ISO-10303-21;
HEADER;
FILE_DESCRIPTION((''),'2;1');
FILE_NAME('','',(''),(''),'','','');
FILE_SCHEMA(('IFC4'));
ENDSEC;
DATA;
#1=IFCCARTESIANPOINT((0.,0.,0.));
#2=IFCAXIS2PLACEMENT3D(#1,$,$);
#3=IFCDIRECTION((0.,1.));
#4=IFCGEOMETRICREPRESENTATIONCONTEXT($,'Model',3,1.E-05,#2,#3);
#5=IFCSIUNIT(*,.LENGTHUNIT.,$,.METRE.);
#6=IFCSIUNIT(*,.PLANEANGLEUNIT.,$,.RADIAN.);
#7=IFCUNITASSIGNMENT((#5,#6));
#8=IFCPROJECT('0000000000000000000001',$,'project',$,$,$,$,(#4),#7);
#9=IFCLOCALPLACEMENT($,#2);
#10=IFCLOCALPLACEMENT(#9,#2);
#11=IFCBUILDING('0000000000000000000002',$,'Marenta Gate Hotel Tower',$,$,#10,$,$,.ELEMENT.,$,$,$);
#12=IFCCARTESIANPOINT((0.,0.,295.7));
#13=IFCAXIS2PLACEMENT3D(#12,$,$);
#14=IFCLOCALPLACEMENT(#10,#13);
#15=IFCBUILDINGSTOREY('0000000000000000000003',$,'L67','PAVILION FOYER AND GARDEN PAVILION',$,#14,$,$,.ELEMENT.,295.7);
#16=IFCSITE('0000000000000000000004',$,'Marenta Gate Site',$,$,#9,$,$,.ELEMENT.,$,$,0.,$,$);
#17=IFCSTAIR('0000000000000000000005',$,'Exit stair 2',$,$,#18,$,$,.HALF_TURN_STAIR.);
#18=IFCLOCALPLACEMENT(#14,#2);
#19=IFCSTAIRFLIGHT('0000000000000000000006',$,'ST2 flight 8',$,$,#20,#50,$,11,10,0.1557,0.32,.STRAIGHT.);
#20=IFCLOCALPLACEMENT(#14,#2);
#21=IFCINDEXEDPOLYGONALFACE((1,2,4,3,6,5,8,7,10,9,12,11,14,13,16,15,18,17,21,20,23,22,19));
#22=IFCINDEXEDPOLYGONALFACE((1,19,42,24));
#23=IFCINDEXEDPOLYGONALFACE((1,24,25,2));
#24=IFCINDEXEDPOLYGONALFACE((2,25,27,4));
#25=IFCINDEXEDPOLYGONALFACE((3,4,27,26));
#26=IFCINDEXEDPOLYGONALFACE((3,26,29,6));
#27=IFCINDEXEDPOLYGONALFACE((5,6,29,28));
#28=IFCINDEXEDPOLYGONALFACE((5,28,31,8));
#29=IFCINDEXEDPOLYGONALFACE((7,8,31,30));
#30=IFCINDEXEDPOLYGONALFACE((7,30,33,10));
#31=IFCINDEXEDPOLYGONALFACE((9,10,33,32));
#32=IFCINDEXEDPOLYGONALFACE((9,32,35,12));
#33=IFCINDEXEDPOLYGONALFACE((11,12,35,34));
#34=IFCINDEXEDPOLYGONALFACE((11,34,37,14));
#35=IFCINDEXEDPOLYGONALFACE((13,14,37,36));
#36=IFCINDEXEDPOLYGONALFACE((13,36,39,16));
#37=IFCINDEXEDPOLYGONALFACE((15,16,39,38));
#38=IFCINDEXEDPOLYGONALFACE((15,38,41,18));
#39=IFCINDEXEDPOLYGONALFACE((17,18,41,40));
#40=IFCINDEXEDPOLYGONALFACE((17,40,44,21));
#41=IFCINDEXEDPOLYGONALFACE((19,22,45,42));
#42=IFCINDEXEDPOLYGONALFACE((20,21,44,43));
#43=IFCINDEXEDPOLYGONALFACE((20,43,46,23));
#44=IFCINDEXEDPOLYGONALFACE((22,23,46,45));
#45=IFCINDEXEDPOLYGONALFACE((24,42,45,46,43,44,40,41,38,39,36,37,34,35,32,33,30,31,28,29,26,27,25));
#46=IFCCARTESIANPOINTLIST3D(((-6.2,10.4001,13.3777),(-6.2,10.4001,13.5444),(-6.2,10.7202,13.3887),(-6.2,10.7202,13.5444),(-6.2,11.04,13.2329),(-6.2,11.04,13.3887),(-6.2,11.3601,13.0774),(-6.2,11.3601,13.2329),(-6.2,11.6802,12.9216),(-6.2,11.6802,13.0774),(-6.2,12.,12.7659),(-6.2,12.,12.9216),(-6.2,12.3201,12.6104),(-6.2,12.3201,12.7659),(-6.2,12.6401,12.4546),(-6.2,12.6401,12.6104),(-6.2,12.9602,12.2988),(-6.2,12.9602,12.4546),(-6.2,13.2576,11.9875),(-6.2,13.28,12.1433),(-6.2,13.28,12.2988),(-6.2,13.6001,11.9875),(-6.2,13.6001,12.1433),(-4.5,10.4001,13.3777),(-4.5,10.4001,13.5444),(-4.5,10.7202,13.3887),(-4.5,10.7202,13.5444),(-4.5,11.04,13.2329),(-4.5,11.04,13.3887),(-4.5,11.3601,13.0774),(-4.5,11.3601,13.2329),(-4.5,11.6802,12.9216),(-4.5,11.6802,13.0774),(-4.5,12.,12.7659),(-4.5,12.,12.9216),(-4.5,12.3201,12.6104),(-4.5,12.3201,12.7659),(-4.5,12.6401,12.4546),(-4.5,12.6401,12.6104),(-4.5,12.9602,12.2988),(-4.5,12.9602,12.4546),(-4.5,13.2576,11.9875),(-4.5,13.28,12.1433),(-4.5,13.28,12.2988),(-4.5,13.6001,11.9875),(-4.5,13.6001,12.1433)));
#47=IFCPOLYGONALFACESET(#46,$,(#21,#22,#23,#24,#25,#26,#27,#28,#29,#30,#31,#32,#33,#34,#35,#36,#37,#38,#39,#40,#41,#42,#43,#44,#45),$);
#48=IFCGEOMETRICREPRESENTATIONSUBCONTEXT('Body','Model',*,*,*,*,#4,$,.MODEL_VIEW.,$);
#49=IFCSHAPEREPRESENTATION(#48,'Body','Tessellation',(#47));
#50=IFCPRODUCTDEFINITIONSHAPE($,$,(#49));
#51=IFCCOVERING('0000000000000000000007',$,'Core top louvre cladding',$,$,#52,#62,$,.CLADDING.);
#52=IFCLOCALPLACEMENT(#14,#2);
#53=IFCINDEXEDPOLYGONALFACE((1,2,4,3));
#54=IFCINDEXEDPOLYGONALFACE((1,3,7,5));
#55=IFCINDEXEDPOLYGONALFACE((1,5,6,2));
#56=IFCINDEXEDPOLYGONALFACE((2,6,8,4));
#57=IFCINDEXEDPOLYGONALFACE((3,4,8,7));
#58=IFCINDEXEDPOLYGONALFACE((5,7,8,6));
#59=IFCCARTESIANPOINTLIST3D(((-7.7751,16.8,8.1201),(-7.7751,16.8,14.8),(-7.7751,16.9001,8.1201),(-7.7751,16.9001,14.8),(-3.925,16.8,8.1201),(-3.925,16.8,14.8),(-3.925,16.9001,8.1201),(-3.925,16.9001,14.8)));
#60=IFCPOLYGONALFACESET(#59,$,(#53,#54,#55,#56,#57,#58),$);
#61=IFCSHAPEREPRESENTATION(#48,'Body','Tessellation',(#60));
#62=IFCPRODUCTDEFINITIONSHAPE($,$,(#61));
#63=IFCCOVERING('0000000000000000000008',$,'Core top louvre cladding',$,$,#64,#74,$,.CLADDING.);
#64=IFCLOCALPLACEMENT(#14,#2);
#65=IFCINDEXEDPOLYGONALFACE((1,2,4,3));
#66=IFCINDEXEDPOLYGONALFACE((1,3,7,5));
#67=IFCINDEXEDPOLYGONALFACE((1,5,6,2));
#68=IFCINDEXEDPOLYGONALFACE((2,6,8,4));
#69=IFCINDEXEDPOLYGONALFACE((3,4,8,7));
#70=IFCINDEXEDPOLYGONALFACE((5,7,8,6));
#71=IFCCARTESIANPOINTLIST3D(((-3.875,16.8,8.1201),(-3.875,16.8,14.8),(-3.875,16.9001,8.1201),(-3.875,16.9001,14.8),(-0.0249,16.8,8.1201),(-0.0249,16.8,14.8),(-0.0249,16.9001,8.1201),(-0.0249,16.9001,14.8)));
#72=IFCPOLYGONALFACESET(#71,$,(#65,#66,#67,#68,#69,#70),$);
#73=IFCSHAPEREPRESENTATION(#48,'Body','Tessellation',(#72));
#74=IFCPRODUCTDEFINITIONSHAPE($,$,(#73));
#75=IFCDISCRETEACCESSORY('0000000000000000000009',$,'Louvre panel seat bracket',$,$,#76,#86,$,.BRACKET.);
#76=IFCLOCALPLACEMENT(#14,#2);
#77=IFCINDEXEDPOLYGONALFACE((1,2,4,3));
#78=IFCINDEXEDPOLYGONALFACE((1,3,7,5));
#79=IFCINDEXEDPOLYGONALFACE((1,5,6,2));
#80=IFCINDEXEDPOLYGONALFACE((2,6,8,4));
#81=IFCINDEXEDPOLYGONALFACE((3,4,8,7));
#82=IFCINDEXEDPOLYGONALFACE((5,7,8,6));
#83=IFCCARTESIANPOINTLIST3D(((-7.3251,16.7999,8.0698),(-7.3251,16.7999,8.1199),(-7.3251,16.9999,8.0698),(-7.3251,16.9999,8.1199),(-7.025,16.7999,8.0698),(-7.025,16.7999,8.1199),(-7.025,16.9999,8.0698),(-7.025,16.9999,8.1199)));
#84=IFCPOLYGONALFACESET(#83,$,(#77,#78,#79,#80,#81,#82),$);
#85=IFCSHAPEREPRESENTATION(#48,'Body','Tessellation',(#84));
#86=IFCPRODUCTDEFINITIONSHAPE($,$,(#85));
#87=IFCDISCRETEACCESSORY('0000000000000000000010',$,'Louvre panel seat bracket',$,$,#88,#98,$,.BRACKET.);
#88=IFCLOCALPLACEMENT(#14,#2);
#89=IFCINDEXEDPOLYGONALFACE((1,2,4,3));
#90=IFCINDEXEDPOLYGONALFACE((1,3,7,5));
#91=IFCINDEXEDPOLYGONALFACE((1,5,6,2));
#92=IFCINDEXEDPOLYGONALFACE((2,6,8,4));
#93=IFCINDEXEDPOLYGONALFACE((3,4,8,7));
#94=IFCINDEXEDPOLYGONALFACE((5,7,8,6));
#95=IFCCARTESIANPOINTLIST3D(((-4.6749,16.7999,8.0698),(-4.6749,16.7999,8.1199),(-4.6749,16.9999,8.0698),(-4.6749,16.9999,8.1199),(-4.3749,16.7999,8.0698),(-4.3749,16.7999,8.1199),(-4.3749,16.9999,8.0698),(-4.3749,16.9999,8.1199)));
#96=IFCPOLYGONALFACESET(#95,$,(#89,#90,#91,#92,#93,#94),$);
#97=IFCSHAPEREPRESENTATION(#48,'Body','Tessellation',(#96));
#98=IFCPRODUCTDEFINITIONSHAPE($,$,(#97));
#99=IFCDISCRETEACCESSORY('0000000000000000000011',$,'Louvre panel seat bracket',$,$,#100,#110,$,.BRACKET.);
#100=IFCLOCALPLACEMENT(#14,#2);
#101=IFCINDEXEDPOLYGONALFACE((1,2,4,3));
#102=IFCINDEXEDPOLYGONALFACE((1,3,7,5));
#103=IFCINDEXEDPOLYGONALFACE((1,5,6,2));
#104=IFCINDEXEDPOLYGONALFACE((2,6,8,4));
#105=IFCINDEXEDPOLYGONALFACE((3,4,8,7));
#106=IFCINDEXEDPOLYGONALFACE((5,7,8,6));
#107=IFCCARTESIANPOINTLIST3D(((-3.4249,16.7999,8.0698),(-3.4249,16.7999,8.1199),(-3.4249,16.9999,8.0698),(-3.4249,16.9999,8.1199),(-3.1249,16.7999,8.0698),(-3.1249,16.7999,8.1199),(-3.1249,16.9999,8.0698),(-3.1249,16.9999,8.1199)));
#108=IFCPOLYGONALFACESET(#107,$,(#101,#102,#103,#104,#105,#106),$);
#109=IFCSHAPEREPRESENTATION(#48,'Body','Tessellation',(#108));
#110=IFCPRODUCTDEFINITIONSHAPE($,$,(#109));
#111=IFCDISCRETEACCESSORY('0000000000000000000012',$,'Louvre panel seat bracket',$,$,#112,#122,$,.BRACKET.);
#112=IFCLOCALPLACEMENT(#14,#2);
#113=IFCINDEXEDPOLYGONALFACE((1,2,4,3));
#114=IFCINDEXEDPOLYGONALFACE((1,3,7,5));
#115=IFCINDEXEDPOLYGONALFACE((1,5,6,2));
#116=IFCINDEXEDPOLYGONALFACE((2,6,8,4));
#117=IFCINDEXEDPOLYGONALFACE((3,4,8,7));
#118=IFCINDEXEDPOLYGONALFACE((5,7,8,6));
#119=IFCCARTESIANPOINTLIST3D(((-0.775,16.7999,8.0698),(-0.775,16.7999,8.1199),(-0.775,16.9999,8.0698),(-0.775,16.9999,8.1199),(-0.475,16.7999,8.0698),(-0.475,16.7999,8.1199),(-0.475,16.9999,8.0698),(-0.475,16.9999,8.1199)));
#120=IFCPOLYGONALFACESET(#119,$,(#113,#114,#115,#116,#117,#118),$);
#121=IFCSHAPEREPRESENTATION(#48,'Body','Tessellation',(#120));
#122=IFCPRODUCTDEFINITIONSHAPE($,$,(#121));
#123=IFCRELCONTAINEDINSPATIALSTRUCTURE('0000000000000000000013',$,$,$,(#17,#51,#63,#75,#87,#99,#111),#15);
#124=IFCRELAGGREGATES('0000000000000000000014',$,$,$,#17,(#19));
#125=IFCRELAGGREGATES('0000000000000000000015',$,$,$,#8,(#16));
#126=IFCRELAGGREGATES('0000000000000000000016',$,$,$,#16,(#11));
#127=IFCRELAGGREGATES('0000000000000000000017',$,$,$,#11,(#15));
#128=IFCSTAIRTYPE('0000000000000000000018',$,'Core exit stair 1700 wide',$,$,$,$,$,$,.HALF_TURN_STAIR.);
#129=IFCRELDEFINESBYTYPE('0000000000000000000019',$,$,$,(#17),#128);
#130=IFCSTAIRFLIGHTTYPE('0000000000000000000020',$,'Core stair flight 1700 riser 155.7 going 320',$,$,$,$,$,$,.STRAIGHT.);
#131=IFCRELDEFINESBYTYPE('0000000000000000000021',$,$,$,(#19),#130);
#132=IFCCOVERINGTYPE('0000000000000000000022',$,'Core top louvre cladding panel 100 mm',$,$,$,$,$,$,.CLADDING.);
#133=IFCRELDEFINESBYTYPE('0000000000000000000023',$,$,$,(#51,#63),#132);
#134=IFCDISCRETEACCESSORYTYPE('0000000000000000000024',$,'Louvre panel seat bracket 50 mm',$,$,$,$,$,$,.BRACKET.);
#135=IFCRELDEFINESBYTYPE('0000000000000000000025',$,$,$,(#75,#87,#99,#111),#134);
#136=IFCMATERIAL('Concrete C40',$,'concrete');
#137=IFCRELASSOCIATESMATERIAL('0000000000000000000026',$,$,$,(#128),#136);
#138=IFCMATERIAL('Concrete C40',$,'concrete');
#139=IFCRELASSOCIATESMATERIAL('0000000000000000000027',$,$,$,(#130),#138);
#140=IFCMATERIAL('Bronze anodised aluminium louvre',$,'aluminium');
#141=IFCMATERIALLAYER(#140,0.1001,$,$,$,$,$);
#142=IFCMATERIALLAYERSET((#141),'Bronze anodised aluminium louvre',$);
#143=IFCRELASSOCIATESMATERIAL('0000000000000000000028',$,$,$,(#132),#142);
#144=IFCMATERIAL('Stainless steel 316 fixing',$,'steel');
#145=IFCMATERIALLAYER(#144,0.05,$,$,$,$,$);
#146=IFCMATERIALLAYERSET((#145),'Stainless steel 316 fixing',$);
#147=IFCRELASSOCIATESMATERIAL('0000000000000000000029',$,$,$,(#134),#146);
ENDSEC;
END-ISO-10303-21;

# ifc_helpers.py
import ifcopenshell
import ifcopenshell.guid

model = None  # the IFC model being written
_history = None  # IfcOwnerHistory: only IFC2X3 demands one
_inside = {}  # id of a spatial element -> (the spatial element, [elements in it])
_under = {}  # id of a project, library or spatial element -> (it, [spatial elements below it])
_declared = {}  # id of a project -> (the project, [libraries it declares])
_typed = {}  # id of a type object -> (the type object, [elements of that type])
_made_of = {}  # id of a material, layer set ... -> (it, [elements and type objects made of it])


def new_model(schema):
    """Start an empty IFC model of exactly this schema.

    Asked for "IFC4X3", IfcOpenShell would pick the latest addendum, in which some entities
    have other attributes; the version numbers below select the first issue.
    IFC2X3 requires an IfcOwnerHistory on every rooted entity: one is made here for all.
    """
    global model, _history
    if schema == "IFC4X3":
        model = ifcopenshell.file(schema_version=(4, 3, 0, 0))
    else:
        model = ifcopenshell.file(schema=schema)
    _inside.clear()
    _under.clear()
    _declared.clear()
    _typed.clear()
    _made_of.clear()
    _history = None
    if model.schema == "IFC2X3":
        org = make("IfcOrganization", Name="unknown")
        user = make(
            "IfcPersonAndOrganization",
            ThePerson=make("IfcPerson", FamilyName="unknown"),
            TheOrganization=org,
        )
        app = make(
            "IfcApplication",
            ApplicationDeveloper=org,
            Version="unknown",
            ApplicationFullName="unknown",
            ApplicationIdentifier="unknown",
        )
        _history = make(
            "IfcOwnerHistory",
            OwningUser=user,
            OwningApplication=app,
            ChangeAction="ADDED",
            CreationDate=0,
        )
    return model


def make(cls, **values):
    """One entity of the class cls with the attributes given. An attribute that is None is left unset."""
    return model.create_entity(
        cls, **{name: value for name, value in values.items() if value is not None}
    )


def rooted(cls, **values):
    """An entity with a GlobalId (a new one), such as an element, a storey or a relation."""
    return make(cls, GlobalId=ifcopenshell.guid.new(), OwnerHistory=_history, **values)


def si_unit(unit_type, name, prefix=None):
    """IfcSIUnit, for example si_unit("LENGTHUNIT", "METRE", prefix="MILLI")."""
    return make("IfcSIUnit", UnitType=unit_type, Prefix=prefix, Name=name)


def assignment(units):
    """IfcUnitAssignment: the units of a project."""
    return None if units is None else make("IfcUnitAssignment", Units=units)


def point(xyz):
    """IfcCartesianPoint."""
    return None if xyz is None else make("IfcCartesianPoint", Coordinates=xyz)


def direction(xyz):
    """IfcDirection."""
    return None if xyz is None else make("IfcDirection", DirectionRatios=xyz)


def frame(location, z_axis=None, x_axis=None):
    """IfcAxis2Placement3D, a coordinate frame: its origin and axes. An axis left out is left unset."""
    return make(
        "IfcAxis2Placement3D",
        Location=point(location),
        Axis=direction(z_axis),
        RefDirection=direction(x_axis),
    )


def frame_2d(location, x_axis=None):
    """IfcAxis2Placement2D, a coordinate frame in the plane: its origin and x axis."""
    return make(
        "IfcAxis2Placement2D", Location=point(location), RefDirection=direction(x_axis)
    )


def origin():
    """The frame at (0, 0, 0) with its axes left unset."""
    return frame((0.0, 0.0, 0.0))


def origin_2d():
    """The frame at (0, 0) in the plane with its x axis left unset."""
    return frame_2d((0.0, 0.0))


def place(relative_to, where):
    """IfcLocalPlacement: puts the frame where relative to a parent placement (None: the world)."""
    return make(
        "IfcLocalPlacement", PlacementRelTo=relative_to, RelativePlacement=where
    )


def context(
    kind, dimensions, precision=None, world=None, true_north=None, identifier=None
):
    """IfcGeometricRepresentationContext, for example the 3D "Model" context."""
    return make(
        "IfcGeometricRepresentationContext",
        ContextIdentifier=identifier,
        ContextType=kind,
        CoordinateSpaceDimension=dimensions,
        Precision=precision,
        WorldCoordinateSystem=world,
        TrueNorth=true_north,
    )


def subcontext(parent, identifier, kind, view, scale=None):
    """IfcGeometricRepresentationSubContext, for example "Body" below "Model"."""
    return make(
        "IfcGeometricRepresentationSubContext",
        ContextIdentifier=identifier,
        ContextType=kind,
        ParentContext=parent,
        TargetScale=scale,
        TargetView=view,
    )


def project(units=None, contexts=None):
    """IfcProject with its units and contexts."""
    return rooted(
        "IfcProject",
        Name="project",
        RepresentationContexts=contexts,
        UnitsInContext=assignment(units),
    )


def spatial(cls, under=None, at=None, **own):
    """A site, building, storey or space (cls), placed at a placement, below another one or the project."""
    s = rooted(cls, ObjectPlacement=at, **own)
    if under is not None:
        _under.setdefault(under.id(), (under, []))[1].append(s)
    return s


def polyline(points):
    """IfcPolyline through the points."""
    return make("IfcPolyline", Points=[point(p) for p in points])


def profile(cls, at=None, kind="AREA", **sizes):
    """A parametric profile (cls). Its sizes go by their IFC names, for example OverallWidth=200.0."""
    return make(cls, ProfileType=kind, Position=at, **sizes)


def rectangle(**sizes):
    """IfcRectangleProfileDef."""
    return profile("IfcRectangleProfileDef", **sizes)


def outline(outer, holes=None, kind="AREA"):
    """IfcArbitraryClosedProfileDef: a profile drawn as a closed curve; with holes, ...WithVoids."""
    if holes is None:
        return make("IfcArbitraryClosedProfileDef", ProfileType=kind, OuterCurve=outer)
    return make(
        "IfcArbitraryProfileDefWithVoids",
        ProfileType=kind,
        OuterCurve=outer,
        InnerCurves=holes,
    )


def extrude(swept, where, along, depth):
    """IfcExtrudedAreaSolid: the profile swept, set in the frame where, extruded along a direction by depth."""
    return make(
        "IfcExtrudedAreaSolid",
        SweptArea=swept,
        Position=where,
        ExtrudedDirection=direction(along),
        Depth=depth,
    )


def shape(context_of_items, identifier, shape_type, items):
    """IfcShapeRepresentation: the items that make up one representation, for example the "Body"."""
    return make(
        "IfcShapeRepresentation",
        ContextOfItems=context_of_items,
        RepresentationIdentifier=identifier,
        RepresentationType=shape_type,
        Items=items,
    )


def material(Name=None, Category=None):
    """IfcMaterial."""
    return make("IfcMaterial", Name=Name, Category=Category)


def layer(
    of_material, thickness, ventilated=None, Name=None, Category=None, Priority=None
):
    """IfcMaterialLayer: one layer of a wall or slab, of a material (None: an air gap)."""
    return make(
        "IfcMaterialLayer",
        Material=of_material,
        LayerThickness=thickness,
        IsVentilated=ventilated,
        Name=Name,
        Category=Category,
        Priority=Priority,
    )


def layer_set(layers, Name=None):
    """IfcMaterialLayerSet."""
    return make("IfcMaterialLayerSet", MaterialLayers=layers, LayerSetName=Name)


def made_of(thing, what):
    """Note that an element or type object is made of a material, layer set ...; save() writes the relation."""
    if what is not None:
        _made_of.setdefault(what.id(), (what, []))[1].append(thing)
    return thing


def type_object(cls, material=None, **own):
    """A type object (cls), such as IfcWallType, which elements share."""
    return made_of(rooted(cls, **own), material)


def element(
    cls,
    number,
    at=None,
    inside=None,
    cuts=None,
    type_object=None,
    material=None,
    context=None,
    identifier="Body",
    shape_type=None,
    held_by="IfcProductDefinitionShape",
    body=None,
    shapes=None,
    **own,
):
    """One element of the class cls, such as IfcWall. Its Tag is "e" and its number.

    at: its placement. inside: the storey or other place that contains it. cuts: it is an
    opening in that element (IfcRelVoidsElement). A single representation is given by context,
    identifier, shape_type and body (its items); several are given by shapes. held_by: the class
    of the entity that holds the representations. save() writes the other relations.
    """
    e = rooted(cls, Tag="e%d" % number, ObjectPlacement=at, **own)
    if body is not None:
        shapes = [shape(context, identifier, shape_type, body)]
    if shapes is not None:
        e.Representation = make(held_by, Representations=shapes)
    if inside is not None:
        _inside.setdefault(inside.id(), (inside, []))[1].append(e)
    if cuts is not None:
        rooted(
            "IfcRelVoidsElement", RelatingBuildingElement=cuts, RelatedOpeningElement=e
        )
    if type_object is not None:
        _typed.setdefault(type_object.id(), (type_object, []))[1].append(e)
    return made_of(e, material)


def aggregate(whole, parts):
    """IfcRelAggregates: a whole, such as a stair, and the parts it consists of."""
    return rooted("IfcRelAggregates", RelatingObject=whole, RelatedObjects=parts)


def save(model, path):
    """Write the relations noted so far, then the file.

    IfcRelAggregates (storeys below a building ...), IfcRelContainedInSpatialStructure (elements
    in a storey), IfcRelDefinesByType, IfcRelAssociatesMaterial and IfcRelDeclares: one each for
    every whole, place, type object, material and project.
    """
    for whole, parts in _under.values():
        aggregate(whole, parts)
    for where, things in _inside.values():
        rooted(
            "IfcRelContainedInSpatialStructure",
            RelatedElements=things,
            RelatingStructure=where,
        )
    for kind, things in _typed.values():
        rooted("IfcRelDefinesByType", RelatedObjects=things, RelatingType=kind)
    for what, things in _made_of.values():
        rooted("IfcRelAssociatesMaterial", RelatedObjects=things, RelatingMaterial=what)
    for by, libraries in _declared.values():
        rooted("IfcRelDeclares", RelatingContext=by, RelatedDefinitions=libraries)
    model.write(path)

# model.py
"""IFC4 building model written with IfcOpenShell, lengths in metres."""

from ifc_helpers import new_model, si_unit, direction, frame, origin, origin_2d, place, context, subcontext, project, spatial, polyline, rectangle, outline, extrude, material, layer, layer_set, type_object, element, aggregate, save


model = new_model("IFC4")

# Units and contexts
model_context = context("Model", 3, precision=1e-05, world=origin(), true_north=direction((0.0, 1.0)))
body_context = subcontext(model_context, "Body", "Model", "MODEL_VIEW")
ifc_project = project(units=[si_unit("LENGTHUNIT", "METRE"), si_unit("PLANEANGLEUNIT", "RADIAN")], contexts=[model_context])

# Site, building, storey
site_placement = place(None, origin())
site = spatial("IfcSite", under=ifc_project, at=site_placement, Name="Marenta Gate Site", CompositionType="ELEMENT", RefElevation=0.0)
building_placement = place(site_placement, origin())
building = spatial("IfcBuilding", under=site, at=building_placement, Name="Marenta Gate Hotel Tower", CompositionType="ELEMENT")
storey_placement = place(building_placement, frame((0.0, 0.0, 295.7)))
storey = spatial("IfcBuildingStorey", under=building, at=storey_placement, Name="L67", Description="PAVILION FOYER AND GARDEN PAVILION", CompositionType="ELEMENT", Elevation=295.7)

# Stair, stair flight
ifc_material_1 = material(Name="Concrete C40", Category="concrete")
stair_type = type_object("IfcStairType", Name="Core exit stair 1700 wide", PredefinedType="HALF_TURN_STAIR", material=ifc_material_1)
ifc_material_2 = material(Name="Concrete C40", Category="concrete")
stair_flight_type = type_object("IfcStairFlightType", Name="Core stair flight 1700 riser 155.7 going 320", PredefinedType="STRAIGHT", material=ifc_material_2)
stair_1_placement = place(storey_placement, origin())
stair_1 = element("IfcStair", 1, at=stair_1_placement, inside=storey, type_object=stair_type, Name="Exit stair 2", PredefinedType="HALF_TURN_STAIR")
stair_flight_1_placement = place(storey_placement, frame((-5.3501, 13.6001, 11.9875), z_axis=(0.0, 0.0, 1.0), x_axis=(0.0, -1.0, 0.0)))
stair_flight_1 = element("IfcStairFlight", 2, at=stair_flight_1_placement, type_object=stair_flight_type, Name="ST2 flight 8", NumberOfRisers=11, NumberOfTreads=10, PredefinedType="STRAIGHT", RiserHeight=0.1557, TreadLength=0.32, context=body_context, shape_type="SweptSolid", body=[
    extrude(outline(polyline([(0.0, 0.0), (0.0, 0.1558), (0.3201, 0.1558), (0.3201, 0.3113), (0.6399, 0.3113), (0.6399, 0.467), (0.96, 0.467), (0.96, 0.6228), (1.28, 0.6228), (1.28, 0.7783), (1.6001, 0.7783), (1.6001, 0.9341), (1.9199, 0.9341), (1.9199, 1.0898), (2.24, 1.0898), (2.24, 1.2454), (2.5601, 1.2454), (2.5601, 1.4011), (2.8799, 1.4011), (2.8799, 1.5569), (3.2, 1.5569), (3.2, 1.7124), (3.2, 1.3901), (0.3425, 0.0), (0.0, 0.0)])), frame((0.0, 0.8501, 0.0), z_axis=(0.0, -1.0, 0.0), x_axis=(1.0, 0.0, 0.0)), (0.0, 0.0, 1.0), 1.7),
])
aggregate(stair_1, [stair_flight_1])

# Coverings
ifc_material_3 = material(Name="Bronze anodised aluminium louvre", Category="aluminium")
ifc_layer_1 = layer(ifc_material_3, 0.1001)
ifc_layer_set_1 = layer_set([ifc_layer_1], Name="Bronze anodised aluminium louvre")
covering_type = type_object("IfcCoveringType", Name="Core top louvre cladding panel 100 mm", PredefinedType="CLADDING", material=ifc_layer_set_1)
for number, where, z_axis, x_axis, name in (
    (3, (-5.8501, 16.8501, 8.1201), (0.0, 0.0, 1.0), (1.0, 0.0, 0.0), "Core top louvre cladding"),
    (4, (-1.95, 16.8501, 8.1201), (0.0, 0.0, 1.0), (1.0, 0.0, 0.0), "Core top louvre cladding"),
):
    element("IfcCovering", number, at=place(storey_placement, frame(where, z_axis=z_axis, x_axis=x_axis)), inside=storey, type_object=covering_type, Name=name, PredefinedType="CLADDING", context=body_context, shape_type="SweptSolid", body=[
        extrude(rectangle(XDim=3.8501, YDim=0.1001, at=origin_2d()), origin(), (0.0, 0.0, 1.0), 6.6799),
    ])

# Discrete accessories
ifc_material_4 = material(Name="Stainless steel 316 fixing", Category="steel")
ifc_layer_2 = layer(ifc_material_4, 0.05)
ifc_layer_set_2 = layer_set([ifc_layer_2], Name="Stainless steel 316 fixing")
discrete_accessory_type = type_object("IfcDiscreteAccessoryType", Name="Louvre panel seat bracket 50 mm", PredefinedType="BRACKET", material=ifc_layer_set_2)
for number, where, z_axis, x_axis, name in (
    (5, (-7.175, 16.8999, 8.0698), (0.0, 0.0, 1.0), (1.0, 0.0, 0.0), "Louvre panel seat bracket"),
    (6, (-4.5249, 16.8999, 8.0698), (0.0, 0.0, 1.0), (1.0, 0.0, 0.0), "Louvre panel seat bracket"),
    (7, (-3.2749, 16.8999, 8.0698), (0.0, 0.0, 1.0), (1.0, 0.0, 0.0), "Louvre panel seat bracket"),
    (8, (-0.625, 16.8999, 8.0698), (0.0, 0.0, 1.0), (1.0, 0.0, 0.0), "Louvre panel seat bracket"),
):
    element("IfcDiscreteAccessory", number, at=place(storey_placement, frame(where, z_axis=z_axis, x_axis=x_axis)), inside=storey, type_object=discrete_accessory_type, Name=name, PredefinedType="BRACKET", context=body_context, shape_type="SweptSolid", body=[
        extrude(rectangle(XDim=0.3, YDim=0.2, at=origin_2d()), origin(), (0.0, 0.0, 1.0), 0.05),
    ])

save(model, "model.ifc")
